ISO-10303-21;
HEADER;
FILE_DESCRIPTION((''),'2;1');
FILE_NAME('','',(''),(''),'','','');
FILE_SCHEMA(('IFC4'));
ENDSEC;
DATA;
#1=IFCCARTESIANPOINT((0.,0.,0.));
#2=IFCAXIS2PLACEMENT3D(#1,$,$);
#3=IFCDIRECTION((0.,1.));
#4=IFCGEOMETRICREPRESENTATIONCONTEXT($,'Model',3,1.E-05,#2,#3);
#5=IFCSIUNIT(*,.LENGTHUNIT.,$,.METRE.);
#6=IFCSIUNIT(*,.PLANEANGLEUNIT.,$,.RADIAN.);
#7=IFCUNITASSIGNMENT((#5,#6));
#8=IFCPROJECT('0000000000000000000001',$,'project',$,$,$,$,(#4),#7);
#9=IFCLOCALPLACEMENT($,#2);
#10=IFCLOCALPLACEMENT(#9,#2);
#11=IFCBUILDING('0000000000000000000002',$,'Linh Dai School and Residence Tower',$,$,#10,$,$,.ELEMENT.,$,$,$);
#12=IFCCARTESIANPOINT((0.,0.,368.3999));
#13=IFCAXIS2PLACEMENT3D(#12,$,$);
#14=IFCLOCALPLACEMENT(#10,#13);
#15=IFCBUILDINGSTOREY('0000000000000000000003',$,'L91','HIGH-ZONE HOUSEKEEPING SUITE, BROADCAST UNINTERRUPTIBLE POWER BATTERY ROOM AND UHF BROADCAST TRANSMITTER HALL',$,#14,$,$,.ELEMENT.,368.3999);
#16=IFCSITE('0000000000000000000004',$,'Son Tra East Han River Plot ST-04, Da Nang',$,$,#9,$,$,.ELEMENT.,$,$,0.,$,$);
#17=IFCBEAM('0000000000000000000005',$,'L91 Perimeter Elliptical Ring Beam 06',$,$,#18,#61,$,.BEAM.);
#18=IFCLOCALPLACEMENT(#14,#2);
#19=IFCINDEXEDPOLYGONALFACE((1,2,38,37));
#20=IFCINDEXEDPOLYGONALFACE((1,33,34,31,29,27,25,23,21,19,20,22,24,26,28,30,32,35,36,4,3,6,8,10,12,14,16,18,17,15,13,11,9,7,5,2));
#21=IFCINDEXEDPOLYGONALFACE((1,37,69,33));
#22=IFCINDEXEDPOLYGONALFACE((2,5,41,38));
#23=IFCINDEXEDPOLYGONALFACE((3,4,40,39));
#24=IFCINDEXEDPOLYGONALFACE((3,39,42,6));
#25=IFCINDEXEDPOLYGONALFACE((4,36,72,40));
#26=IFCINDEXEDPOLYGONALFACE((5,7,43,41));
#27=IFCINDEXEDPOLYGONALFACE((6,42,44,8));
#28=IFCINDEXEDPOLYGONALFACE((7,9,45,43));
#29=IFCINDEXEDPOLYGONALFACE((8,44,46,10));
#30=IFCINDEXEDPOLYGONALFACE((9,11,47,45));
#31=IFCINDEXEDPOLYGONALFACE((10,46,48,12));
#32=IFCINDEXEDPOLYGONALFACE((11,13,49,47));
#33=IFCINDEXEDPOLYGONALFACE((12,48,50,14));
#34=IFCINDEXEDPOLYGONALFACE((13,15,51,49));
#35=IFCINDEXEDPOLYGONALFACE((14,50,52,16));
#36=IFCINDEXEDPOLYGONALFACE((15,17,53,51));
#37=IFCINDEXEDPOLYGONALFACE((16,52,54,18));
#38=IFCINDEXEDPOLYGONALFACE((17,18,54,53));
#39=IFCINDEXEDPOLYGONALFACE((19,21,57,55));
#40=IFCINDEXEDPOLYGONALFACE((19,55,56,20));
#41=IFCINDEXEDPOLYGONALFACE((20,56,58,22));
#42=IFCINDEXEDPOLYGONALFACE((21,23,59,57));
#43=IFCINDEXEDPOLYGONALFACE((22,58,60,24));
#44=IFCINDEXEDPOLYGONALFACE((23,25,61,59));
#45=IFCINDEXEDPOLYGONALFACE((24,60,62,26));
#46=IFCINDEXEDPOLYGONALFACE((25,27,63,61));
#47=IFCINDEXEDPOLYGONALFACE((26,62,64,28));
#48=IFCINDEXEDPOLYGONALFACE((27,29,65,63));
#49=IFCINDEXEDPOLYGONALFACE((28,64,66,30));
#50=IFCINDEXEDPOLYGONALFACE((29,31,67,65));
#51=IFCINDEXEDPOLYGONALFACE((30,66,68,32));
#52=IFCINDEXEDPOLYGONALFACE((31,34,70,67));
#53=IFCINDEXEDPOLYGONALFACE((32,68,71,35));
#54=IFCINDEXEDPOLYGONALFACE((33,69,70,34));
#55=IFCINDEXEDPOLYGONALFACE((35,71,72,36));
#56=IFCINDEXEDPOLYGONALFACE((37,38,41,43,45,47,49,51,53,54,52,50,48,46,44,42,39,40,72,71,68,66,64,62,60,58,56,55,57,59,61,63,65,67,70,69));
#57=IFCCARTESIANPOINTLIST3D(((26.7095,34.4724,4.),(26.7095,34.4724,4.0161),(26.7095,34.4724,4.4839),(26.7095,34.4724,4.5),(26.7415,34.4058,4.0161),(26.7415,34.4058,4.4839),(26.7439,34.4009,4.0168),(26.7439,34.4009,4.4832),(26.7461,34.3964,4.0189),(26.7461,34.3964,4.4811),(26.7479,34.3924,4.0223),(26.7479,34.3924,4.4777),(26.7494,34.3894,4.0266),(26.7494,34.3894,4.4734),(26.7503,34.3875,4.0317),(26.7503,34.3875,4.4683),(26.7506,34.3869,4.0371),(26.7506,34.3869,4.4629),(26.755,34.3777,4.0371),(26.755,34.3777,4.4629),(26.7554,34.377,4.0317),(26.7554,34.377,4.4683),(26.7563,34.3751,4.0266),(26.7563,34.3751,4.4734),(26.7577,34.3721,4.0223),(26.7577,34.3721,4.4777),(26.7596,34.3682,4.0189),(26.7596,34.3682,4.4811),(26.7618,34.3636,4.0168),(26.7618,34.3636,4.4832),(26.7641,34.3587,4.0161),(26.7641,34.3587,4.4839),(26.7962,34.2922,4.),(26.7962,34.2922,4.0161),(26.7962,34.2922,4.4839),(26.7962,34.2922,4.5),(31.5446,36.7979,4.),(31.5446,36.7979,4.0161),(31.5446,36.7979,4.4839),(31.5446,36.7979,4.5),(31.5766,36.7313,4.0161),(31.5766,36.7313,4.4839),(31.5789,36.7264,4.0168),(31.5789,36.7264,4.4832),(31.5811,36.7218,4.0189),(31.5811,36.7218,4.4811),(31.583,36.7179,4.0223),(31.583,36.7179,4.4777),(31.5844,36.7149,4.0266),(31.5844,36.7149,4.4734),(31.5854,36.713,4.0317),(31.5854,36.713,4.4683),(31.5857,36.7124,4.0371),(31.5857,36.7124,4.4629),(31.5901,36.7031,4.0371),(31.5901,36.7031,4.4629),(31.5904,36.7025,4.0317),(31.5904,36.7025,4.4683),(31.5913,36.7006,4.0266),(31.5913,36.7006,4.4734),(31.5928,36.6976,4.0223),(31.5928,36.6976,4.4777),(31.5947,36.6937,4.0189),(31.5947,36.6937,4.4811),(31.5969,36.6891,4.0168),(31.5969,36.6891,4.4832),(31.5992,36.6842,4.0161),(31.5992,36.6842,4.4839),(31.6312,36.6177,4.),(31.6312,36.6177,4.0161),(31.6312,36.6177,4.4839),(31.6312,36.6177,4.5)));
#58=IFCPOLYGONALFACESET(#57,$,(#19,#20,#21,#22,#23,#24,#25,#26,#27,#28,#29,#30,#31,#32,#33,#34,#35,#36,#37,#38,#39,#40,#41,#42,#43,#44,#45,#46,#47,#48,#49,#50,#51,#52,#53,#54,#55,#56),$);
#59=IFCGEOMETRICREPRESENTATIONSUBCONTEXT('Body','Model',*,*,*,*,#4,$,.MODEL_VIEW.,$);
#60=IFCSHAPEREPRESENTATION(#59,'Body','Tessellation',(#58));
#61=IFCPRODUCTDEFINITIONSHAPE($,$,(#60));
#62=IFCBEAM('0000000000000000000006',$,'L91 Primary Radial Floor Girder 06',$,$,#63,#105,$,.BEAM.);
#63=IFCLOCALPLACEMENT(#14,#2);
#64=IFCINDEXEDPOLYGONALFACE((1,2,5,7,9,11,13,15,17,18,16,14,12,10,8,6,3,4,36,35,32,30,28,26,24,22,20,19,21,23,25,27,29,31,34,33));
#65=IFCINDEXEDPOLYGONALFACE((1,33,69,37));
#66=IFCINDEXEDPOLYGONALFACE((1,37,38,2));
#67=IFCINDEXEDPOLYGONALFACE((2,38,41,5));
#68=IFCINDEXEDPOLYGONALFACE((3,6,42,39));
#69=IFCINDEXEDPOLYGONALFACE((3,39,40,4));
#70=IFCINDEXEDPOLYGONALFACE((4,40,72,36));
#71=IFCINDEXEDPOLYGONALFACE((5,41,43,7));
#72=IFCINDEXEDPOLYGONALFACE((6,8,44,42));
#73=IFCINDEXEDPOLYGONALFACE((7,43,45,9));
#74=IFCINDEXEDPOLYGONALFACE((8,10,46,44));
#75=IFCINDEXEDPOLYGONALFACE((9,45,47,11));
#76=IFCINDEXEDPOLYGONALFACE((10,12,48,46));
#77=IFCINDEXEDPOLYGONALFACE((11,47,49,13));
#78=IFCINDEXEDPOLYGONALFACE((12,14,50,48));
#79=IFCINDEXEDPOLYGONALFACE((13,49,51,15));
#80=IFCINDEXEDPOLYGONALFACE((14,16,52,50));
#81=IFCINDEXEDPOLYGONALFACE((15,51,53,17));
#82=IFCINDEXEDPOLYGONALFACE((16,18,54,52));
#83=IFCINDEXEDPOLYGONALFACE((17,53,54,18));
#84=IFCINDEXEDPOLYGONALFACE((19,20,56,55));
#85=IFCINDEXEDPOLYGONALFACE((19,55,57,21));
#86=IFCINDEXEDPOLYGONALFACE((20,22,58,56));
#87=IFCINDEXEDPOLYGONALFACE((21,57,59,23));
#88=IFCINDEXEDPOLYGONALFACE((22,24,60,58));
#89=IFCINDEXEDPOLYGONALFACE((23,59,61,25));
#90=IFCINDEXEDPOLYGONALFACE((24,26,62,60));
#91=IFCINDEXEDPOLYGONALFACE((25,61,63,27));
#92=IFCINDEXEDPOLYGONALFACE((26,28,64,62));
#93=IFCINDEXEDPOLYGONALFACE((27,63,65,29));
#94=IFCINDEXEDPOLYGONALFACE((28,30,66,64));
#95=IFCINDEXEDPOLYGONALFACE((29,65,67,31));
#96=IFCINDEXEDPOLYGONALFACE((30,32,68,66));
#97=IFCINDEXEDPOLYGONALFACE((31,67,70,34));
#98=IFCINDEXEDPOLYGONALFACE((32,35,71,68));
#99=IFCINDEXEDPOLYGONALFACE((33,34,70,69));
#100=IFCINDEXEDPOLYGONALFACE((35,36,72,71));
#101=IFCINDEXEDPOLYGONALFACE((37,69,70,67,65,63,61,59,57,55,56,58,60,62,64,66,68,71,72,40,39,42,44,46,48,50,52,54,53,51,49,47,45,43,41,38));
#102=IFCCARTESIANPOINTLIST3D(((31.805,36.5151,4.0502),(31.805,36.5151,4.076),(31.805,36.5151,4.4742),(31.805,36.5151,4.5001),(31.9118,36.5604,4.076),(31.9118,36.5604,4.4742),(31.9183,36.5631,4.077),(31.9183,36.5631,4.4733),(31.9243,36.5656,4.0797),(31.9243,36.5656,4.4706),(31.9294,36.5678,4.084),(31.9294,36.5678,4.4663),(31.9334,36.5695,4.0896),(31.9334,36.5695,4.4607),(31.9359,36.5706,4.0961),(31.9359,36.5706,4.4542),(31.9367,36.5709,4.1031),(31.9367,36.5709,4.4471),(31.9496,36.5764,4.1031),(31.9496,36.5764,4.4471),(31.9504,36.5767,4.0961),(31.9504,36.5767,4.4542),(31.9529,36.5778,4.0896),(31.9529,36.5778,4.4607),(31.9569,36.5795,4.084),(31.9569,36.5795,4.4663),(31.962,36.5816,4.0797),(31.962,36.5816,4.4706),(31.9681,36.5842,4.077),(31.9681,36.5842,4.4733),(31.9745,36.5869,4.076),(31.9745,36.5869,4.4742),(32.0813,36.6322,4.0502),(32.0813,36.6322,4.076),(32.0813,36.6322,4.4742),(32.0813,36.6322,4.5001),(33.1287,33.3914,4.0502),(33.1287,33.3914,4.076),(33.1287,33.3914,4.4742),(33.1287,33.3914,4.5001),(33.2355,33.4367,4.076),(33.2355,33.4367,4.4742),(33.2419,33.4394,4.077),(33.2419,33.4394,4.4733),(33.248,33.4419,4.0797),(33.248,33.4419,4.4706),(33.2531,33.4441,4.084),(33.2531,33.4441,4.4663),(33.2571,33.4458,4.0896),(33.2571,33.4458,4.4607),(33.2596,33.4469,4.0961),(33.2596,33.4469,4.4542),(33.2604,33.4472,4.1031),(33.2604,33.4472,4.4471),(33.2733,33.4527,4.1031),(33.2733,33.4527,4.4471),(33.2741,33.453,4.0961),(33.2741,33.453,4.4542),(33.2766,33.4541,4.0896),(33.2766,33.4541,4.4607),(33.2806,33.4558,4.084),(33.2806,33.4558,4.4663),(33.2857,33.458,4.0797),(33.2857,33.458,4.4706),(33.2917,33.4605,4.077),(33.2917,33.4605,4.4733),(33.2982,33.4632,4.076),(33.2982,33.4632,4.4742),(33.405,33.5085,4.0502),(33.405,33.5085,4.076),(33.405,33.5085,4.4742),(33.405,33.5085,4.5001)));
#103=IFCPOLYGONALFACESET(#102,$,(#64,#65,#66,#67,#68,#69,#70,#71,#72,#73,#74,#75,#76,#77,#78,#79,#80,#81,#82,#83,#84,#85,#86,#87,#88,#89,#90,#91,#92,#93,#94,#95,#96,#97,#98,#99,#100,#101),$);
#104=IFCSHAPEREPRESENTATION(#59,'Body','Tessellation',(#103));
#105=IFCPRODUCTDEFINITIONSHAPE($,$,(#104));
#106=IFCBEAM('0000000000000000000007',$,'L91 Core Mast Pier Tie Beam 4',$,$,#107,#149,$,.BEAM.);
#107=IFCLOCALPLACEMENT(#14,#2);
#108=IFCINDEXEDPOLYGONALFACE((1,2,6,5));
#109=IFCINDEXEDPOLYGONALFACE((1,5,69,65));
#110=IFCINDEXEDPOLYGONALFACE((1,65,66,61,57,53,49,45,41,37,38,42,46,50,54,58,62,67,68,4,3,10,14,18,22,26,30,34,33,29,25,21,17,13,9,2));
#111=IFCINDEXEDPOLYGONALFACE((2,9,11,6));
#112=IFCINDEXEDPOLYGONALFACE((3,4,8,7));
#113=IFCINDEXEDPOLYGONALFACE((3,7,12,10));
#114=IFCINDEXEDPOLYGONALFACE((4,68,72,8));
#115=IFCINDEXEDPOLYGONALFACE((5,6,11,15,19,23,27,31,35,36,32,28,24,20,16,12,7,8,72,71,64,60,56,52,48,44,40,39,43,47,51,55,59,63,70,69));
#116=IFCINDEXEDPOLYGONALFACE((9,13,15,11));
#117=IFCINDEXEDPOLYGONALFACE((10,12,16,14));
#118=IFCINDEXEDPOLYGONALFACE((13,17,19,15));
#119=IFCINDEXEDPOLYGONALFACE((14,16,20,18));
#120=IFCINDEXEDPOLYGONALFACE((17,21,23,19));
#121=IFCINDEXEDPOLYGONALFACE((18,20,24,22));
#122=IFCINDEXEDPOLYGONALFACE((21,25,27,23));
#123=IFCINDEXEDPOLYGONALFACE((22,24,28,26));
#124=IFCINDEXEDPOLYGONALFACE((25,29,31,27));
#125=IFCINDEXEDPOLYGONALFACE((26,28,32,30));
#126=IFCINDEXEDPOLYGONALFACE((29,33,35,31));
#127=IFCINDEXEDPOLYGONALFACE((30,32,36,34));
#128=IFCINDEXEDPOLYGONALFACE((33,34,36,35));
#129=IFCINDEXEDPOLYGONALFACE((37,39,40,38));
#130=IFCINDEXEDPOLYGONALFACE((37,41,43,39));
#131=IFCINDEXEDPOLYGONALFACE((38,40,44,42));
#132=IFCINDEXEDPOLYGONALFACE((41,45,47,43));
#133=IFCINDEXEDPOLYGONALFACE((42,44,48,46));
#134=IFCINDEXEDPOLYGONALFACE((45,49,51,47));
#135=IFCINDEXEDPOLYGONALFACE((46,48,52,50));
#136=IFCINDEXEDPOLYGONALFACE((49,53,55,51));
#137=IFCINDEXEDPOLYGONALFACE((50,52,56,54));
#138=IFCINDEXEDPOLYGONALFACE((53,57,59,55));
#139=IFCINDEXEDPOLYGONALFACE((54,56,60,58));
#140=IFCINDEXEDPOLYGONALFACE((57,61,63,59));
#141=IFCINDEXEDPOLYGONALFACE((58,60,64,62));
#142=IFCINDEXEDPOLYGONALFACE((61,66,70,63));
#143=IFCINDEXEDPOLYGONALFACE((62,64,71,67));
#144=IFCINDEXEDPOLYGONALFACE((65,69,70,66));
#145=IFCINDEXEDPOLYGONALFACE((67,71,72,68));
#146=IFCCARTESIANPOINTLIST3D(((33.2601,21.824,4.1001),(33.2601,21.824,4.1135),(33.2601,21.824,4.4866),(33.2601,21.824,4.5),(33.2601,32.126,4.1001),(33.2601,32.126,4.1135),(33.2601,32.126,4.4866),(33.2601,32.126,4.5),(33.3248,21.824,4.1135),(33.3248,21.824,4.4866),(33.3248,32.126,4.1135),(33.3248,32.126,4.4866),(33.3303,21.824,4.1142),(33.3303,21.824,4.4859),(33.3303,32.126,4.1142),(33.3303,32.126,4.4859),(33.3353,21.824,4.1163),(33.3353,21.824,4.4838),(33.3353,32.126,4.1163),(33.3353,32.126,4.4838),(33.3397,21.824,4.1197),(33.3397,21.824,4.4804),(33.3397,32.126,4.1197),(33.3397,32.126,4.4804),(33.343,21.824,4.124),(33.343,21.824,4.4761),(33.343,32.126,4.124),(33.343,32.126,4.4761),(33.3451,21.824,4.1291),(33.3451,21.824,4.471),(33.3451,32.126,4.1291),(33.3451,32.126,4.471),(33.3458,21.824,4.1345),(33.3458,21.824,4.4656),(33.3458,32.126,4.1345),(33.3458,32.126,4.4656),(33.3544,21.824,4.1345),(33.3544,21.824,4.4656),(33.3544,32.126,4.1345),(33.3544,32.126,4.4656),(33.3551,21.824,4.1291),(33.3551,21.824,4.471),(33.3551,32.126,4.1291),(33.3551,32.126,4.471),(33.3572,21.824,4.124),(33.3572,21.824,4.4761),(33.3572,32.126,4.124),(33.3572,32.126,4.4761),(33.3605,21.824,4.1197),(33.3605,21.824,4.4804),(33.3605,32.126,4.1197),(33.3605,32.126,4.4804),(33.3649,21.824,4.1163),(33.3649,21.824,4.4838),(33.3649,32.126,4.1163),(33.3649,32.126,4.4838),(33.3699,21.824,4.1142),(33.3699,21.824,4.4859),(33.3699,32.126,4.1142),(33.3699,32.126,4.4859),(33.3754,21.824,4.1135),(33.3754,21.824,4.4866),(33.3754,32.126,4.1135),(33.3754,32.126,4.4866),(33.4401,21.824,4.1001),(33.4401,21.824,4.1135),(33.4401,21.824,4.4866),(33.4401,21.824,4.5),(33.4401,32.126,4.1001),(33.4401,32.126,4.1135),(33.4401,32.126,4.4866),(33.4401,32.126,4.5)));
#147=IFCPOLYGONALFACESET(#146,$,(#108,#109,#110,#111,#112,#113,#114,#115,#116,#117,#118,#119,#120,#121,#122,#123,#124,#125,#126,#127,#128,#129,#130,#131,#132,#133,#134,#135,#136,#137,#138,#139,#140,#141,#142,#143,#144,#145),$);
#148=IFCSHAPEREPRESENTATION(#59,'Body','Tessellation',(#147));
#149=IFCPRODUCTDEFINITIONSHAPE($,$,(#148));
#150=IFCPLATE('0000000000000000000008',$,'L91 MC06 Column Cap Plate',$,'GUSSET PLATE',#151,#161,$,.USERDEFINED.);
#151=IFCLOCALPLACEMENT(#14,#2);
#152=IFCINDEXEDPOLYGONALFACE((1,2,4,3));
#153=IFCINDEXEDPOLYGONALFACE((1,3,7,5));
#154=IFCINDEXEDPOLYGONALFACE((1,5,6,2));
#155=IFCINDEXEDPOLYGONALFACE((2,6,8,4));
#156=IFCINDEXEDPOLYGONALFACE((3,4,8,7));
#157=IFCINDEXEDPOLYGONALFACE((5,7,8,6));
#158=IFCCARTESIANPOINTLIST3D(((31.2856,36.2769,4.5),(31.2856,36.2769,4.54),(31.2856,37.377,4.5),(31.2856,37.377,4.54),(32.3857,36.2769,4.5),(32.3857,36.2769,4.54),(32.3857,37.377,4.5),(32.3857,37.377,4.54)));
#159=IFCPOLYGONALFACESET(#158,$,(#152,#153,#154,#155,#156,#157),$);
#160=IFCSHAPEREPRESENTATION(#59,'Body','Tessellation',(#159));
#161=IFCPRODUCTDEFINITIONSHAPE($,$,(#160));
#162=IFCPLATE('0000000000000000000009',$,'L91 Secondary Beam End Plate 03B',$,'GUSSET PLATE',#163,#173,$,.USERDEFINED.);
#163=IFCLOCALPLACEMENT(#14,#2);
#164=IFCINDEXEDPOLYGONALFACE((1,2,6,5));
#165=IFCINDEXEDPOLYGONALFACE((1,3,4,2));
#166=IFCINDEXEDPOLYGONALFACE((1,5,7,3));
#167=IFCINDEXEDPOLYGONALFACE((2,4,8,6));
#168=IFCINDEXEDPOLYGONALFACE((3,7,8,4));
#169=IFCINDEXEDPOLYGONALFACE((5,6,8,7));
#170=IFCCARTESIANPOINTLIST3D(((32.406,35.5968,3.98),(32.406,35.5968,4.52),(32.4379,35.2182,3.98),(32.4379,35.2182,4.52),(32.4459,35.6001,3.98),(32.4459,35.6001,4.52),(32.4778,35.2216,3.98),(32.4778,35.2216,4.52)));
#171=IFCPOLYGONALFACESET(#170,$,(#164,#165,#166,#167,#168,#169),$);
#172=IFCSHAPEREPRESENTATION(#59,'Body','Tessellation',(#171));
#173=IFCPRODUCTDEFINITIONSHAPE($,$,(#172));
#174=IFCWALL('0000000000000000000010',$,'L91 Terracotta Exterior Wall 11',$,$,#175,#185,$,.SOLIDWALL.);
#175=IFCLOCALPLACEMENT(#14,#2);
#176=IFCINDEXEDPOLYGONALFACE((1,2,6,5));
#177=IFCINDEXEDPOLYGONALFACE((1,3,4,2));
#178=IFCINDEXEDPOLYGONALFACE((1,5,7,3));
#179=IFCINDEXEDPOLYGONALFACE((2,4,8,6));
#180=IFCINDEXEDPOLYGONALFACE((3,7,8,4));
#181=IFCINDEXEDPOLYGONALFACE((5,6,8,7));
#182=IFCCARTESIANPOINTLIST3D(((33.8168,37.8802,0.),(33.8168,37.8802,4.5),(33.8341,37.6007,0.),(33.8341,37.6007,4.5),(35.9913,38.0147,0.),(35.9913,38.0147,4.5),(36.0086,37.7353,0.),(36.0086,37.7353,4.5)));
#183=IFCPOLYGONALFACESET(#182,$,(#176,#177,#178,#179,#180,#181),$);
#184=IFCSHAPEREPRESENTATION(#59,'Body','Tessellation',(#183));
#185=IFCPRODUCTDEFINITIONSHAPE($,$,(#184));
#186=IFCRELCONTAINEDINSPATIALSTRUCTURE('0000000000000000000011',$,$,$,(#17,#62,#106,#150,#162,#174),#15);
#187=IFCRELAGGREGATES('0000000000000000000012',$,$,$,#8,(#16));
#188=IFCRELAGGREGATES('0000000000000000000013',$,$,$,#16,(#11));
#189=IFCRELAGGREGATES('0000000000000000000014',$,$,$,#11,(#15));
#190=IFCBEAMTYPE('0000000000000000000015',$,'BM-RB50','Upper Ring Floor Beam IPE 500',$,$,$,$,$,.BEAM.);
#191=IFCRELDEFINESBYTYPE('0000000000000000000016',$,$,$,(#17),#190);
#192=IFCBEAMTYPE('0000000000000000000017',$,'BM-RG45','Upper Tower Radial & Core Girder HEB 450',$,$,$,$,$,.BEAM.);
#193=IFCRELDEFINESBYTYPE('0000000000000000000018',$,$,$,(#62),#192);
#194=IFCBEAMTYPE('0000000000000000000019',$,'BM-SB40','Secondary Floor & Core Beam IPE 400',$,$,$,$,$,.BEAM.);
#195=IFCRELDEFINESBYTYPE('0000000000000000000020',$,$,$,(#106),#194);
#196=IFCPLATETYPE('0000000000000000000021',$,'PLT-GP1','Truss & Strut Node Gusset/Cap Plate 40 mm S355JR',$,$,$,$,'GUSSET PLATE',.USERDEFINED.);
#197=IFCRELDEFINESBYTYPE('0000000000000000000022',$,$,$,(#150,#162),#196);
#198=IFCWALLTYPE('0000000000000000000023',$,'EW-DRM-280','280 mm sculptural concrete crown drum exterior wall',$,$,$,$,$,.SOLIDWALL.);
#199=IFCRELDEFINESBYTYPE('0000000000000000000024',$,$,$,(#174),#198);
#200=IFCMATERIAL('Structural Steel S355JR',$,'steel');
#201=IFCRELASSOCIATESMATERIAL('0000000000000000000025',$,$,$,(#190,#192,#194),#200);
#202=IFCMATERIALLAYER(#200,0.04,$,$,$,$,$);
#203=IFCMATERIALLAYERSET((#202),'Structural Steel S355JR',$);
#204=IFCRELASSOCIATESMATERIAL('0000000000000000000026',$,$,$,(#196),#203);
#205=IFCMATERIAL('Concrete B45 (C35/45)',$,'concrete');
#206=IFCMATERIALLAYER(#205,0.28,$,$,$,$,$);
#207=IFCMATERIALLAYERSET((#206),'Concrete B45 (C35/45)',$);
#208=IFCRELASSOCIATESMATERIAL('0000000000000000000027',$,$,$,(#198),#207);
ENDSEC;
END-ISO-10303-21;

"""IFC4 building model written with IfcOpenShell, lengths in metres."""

from ifc_helpers import new_model, si_unit, direction, frame, frame_2d, origin, origin_2d, place, context, subcontext, project, spatial, rectangle, i_section, extrude, source, transform, mapped, material, layer, layer_set, material_profile, profile_set, type_object, element, save


model = new_model("IFC4")

# Units and contexts
model_context = context("Model", 3, precision=1e-05, world=origin(), true_north=direction((0.0, 1.0)))
body_context = subcontext(model_context, "Body", "Model", "MODEL_VIEW")
ifc_project = project(units=[si_unit("LENGTHUNIT", "METRE"), si_unit("PLANEANGLEUNIT", "RADIAN")], contexts=[model_context])

# Site, building, storey
site_placement = place(None, origin())
site = spatial("IfcSite", under=ifc_project, at=site_placement, Name="Son Tra East Han River Plot ST-04, Da Nang", CompositionType="ELEMENT", RefElevation=0.0)
building_placement = place(site_placement, origin())
building = spatial("IfcBuilding", under=site, at=building_placement, Name="Linh Dai School and Residence Tower", CompositionType="ELEMENT")
storey_placement = place(building_placement, frame((0.0, 0.0, 368.3999)))
storey = spatial("IfcBuildingStorey", under=building, at=storey_placement, Name="L91", Description="HIGH-ZONE HOUSEKEEPING SUITE, BROADCAST UNINTERRUPTIBLE POWER BATTERY ROOM AND UHF BROADCAST TRANSMITTER HALL", CompositionType="ELEMENT", Elevation=368.3999)

# Shared definitions
ifc_material_1 = material(Name="Structural Steel S355JR", Category="steel")

# Beams
ifc_material_profile_1 = material_profile(ifc_material_1, i_section(OverallWidth=0.2, OverallDepth=0.5, WebThickness=0.0103, FlangeThickness=0.0161, FilletRadius=0.021, at=origin_2d()), Name="IPE 500")
ifc_profile_set_1 = profile_set([ifc_material_profile_1], Name="Structural Steel S355JR")
beam_type_1 = type_object("IfcBeamType", Name="BM-RB50", Description="Upper Ring Floor Beam IPE 500", PredefinedType="BEAM", material=ifc_profile_set_1)
beam_1_placement = place(storey_placement, frame((31.5879, 36.7078, 4.25), z_axis=(-0.901184, -0.433437, 0.0), x_axis=(0.433437, -0.901184, 0.0)))
element("IfcBeam", 1, at=beam_1_placement, inside=storey, type_object=beam_type_1, Name="L91 Perimeter Elliptical Ring Beam 06", PredefinedType="BEAM", context=body_context, shape_type="SweptSolid", body=[
    extrude(i_section(OverallWidth=0.2, OverallDepth=0.5, WebThickness=0.0103, FlangeThickness=0.0161, FilletRadius=0.021, at=origin_2d()), origin(), (0.0, 0.0, 1.0), 5.3652),
])
ifc_material_profile_2 = material_profile(ifc_material_1, i_section(OverallWidth=0.3, OverallDepth=0.45, WebThickness=0.0139, FlangeThickness=0.0259, FilletRadius=0.0271, at=origin_2d()), Name="HEB 450")
ifc_profile_set_2 = profile_set([ifc_material_profile_2], Name="Structural Steel S355JR")
beam_type_2 = type_object("IfcBeamType", Name="BM-RG45", Description="Upper Tower Radial & Core Girder HEB 450", PredefinedType="BEAM", material=ifc_profile_set_2)
beam_2_placement = place(storey_placement, frame((33.2668, 33.45, 4.2751), z_axis=(-0.390173, 0.920742, 0.0), x_axis=(-0.920742, -0.390173, 0.0)))
element("IfcBeam", 2, at=beam_2_placement, inside=storey, type_object=beam_type_2, Name="L91 Primary Radial Floor Girder 06", PredefinedType="BEAM", context=body_context, shape_type="SweptSolid", body=[
    extrude(i_section(OverallWidth=0.3, OverallDepth=0.45, WebThickness=0.0139, FlangeThickness=0.0259, FilletRadius=0.0271, at=origin_2d()), origin(), (0.0, 0.0, 1.0), 3.3926),
])
ifc_material_profile_3 = material_profile(ifc_material_1, i_section(OverallWidth=0.1799, OverallDepth=0.3999, WebThickness=0.0085, FlangeThickness=0.0134, FilletRadius=0.021, at=origin_2d()), Name="IPE 400")
ifc_profile_set_3 = profile_set([ifc_material_profile_3], Name="Structural Steel S355JR")
beam_type_3 = type_object("IfcBeamType", Name="BM-SB40", Description="Secondary Floor & Core Beam IPE 400", PredefinedType="BEAM", material=ifc_profile_set_3)
beam_3_placement = place(storey_placement, frame((33.3501, 32.126, 4.3), z_axis=(0.0, -1.0, 0.0), x_axis=(1.0, 0.0, 0.0)))
element("IfcBeam", 3, at=beam_3_placement, inside=storey, type_object=beam_type_3, Name="L91 Core Mast Pier Tie Beam 4", PredefinedType="BEAM", context=body_context, shape_type="SweptSolid", body=[
    extrude(i_section(OverallWidth=0.1799, OverallDepth=0.3999, WebThickness=0.0085, FlangeThickness=0.0134, FilletRadius=0.021, at=origin_2d()), origin(), (0.0, 0.0, 1.0), 10.302),
])

# Plates
ifc_layer_1 = layer(ifc_material_1, 0.04)
ifc_layer_set_1 = layer_set([ifc_layer_1], Name="Structural Steel S355JR")
plate_type = type_object("IfcPlateType", Name="PLT-GP1", Description="Truss & Strut Node Gusset/Cap Plate 40 mm S355JR", ElementType="GUSSET PLATE", PredefinedType="USERDEFINED", material=ifc_layer_set_1)
shared_shape_1 = source(origin(), body_context, "Body", "SweptSolid", [
    extrude(rectangle(XDim=1.1001, YDim=1.1001, at=origin_2d()), origin(), (0.0, 0.0, 1.0), 0.04),
])
plate_1_placement = place(storey_placement, frame((31.8357, 36.8269, 4.5), z_axis=(0.0, 0.0, 1.0), x_axis=(1.0, 0.0, 0.0)))
element("IfcPlate", 4, at=plate_1_placement, inside=storey, type_object=plate_type, Name="L91 MC06 Column Cap Plate", ObjectType="GUSSET PLATE", PredefinedType="USERDEFINED", context=body_context, shape_type="MappedRepresentation", body=[
    mapped(shared_shape_1, transform((0.0, 0.0, 0.0), x_axis=(1.0, 0.0, 0.0), y_axis=(0.0, 1.0, 0.0), z_axis=(0.0, 0.0, 1.0), scale=1.0)),
])
shared_shape_2 = source(origin(), body_context, "Body", "SweptSolid", [
    extrude(rectangle(XDim=0.04, YDim=0.3799, at=origin_2d()), origin(), (0.0, 0.0, 1.0), 0.54),
])
plate_2_placement = place(storey_placement, frame((32.4419, 35.4092, 3.98), z_axis=(0.0, 0.0, 1.0), x_axis=(-0.996464, -0.084023, 0.0)))
element("IfcPlate", 5, at=plate_2_placement, inside=storey, type_object=plate_type, Name="L91 Secondary Beam End Plate 03B", ObjectType="GUSSET PLATE", PredefinedType="USERDEFINED", context=body_context, shape_type="MappedRepresentation", body=[
    mapped(shared_shape_2, transform((0.0, 0.0, 0.0), x_axis=(1.0, 0.0, 0.0), y_axis=(0.0, 1.0, 0.0), z_axis=(0.0, 0.0, 1.0), scale=1.0)),
])

# Wall
ifc_material_2 = material(Name="Concrete B45 (C35/45)", Category="concrete")
ifc_layer_2 = layer(ifc_material_2, 0.28)
ifc_layer_set_2 = layer_set([ifc_layer_2], Name="Concrete B45 (C35/45)")
wall_type_1 = type_object("IfcWallType", Name="EW-DRM-280", Description="280 mm sculptural concrete crown drum exterior wall", PredefinedType="SOLIDWALL", material=ifc_layer_set_2)
wall_1_placement = place(storey_placement, frame((33.8254, 37.7405, 0.0), z_axis=(0.0, 0.0, 1.0), x_axis=(0.998092, 0.061743, 0.0)))
element("IfcWall", 6, at=wall_1_placement, inside=storey, type_object=wall_type_1, Name="L91 Terracotta Exterior Wall 11", PredefinedType="SOLIDWALL", context=body_context, shape_type="SweptSolid", body=[
    extrude(rectangle(XDim=2.1787, YDim=0.28, at=frame_2d((1.0894, 0.0))), origin(), (0.0, 0.0, 1.0), 4.5),
])

save(model, "model.ifc")
